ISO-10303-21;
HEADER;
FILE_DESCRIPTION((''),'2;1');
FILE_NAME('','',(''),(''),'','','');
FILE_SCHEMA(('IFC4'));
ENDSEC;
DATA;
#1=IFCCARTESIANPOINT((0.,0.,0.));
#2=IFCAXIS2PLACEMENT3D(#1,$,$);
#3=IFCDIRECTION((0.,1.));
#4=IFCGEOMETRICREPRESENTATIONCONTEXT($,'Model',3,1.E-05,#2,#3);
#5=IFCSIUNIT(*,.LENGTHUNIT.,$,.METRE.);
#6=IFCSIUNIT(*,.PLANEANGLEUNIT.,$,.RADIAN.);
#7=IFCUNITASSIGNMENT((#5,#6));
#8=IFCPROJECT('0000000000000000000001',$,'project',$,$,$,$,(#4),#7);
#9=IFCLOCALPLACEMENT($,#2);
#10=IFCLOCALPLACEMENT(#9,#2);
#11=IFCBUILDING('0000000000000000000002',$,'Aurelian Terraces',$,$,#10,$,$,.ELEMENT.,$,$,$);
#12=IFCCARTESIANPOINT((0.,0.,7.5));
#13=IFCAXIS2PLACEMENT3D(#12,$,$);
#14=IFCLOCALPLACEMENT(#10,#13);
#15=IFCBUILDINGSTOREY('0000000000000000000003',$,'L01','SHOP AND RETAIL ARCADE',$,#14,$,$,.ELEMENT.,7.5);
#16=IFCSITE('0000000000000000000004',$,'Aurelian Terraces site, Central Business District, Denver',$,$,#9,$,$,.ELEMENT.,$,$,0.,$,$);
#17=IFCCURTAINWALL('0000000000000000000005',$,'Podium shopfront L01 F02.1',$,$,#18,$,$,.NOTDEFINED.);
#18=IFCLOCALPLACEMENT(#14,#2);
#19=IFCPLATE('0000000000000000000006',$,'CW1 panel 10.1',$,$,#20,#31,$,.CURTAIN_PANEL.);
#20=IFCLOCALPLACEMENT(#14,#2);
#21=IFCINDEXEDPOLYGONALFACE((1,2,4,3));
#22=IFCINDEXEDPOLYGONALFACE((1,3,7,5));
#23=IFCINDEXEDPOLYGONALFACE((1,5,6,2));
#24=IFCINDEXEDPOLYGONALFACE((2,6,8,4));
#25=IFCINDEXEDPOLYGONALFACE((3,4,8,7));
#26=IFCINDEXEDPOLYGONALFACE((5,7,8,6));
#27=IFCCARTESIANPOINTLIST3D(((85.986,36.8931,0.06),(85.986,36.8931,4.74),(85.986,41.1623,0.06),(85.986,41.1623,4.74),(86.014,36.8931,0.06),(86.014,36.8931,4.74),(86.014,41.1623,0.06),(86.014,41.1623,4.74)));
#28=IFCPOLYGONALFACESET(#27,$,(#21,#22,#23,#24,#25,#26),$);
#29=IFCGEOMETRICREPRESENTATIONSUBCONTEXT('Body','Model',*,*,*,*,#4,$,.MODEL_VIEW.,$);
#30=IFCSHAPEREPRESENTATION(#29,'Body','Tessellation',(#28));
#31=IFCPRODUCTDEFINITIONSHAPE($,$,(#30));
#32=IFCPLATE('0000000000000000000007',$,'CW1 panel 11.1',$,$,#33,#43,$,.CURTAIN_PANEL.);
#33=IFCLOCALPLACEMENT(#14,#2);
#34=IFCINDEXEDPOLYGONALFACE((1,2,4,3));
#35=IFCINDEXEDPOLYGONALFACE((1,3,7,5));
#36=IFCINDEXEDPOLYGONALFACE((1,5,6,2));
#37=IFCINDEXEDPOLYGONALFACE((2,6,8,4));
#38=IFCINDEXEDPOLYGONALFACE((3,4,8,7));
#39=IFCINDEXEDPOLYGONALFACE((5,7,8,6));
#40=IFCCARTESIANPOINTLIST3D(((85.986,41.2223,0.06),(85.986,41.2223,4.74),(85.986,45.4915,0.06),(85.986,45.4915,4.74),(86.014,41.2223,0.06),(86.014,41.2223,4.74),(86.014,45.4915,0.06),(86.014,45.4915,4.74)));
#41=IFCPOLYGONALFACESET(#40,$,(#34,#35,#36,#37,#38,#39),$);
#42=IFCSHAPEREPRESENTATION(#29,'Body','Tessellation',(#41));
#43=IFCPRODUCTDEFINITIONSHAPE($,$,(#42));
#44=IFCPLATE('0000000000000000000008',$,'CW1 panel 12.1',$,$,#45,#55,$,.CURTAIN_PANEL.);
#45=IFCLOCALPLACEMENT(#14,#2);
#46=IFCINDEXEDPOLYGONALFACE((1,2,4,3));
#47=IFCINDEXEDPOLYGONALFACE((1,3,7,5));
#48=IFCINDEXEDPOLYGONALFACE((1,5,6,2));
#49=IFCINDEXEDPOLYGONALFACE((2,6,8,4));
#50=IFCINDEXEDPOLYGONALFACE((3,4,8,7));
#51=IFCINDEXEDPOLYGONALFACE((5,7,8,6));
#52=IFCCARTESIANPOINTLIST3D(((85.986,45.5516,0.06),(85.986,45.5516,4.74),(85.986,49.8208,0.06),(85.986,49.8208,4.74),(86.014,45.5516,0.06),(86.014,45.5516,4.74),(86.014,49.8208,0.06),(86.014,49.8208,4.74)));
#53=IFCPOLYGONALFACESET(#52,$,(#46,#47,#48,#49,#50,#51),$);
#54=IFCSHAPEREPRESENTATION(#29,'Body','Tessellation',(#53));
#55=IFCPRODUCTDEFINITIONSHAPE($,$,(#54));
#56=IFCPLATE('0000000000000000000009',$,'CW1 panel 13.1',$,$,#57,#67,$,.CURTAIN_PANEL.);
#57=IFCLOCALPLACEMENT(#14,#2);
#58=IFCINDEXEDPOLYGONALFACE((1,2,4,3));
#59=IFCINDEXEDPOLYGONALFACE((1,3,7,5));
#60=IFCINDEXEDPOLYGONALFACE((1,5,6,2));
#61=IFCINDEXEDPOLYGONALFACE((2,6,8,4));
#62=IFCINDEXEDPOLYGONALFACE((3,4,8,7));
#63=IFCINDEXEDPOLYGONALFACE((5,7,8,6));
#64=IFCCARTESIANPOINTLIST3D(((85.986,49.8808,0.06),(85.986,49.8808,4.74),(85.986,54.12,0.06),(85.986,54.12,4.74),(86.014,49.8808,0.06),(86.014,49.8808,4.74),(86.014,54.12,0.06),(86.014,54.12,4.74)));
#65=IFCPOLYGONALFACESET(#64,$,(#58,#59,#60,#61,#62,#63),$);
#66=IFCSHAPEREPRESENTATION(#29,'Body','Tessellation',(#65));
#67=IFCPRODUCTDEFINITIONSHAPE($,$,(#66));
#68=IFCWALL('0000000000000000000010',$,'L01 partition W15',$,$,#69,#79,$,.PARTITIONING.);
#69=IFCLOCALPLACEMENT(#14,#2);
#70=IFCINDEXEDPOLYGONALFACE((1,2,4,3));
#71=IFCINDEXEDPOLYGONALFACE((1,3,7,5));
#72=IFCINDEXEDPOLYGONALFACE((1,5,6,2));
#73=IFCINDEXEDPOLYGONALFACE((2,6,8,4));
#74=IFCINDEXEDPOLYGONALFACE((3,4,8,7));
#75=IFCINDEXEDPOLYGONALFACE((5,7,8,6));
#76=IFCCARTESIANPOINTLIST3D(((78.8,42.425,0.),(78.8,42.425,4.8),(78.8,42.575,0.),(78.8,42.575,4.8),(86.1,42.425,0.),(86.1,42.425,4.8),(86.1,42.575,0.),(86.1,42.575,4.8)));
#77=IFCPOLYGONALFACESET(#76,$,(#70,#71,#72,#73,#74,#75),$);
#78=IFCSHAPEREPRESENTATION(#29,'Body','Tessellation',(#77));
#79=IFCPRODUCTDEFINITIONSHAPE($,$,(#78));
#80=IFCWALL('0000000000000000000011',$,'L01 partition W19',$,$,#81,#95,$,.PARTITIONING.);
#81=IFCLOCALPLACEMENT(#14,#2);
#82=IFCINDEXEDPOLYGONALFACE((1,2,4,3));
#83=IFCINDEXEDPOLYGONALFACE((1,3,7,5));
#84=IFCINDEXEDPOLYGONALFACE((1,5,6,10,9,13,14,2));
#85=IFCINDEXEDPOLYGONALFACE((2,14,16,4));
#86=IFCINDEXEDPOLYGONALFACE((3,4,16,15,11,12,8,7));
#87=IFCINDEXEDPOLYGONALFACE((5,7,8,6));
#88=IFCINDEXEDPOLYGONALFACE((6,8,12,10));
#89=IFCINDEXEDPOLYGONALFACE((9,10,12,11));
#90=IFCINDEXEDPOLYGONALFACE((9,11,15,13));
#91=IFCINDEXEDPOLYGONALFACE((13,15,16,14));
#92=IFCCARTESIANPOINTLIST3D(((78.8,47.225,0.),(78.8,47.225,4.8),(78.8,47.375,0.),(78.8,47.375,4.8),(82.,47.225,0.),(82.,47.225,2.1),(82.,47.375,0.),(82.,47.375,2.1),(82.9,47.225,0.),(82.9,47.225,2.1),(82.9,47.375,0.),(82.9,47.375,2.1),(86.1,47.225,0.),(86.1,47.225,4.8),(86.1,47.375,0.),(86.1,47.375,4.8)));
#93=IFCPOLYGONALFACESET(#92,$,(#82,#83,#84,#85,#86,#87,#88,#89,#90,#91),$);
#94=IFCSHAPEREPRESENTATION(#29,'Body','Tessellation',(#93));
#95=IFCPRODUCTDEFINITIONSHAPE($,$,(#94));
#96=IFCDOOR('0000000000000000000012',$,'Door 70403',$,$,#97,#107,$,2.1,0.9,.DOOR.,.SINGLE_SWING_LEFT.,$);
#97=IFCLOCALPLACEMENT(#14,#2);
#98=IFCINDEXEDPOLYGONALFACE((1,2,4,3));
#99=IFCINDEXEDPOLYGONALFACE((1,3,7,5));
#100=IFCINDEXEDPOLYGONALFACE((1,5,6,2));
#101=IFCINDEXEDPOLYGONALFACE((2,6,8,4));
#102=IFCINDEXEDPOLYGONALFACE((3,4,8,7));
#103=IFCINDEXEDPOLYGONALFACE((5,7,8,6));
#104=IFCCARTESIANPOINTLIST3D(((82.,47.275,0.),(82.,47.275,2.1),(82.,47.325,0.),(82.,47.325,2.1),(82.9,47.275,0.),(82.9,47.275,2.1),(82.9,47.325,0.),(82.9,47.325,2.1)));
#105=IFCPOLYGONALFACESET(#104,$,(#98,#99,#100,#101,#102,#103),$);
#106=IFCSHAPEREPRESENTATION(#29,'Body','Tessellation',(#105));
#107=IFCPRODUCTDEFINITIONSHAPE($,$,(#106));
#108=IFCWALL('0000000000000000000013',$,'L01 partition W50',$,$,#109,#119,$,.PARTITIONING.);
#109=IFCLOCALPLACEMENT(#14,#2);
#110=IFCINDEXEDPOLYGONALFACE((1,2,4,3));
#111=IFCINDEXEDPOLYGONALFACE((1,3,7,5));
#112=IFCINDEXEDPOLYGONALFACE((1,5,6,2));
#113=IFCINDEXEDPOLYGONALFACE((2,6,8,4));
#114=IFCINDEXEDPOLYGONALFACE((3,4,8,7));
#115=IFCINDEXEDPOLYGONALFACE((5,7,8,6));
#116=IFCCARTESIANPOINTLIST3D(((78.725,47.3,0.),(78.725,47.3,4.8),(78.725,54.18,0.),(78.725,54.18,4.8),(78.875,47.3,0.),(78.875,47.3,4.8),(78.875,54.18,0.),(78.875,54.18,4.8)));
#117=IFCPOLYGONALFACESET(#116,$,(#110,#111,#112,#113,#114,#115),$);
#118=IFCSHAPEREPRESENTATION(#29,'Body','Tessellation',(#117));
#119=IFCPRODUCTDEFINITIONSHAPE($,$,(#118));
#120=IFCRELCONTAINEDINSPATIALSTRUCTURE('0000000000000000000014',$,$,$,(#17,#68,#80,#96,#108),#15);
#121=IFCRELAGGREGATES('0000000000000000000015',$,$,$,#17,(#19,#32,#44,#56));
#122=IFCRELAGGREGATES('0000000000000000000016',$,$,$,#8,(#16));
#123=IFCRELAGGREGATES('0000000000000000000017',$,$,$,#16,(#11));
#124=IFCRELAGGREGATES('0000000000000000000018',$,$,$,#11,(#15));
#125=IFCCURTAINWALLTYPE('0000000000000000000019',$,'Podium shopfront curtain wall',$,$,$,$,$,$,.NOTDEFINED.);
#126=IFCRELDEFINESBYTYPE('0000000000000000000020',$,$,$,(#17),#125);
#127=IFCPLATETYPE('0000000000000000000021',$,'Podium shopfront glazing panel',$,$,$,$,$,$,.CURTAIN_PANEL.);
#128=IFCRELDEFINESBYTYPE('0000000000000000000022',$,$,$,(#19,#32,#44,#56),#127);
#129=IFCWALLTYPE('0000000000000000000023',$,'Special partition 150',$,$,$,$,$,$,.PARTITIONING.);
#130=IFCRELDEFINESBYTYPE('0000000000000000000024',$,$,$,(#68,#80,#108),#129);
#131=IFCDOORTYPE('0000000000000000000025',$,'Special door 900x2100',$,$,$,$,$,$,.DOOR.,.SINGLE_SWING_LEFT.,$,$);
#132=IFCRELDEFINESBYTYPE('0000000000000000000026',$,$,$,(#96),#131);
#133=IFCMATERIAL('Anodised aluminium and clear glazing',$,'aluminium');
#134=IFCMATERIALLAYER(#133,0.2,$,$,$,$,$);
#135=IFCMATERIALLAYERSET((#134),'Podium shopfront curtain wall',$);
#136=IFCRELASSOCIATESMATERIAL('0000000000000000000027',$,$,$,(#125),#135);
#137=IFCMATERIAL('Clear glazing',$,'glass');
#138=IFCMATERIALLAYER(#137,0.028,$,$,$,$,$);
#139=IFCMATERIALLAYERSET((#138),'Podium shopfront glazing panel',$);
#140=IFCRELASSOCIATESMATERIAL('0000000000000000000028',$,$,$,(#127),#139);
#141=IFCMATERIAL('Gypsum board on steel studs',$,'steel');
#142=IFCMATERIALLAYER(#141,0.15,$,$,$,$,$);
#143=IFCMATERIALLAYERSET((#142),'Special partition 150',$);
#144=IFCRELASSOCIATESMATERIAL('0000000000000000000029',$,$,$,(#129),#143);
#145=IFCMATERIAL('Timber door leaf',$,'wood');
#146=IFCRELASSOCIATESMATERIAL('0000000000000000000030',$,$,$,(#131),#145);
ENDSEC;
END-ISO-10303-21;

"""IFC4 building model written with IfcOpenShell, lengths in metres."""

from ifc_helpers import new_model, si_unit, direction, frame, frame_2d, origin, origin_2d, place, context, subcontext, project, spatial, rectangle, extrude, source, transform, mapped, material, layer, layer_set, type_object, element, fill, aggregate, save


model = new_model("IFC4")

# Units and contexts
model_context = context("Model", 3, precision=1e-05, world=origin(), true_north=direction((0.0, 1.0)))
body_context = subcontext(model_context, "Body", "Model", "MODEL_VIEW")
ifc_project = project(units=[si_unit("LENGTHUNIT", "METRE"), si_unit("PLANEANGLEUNIT", "RADIAN")], contexts=[model_context])

# Site, building, storey
site_placement = place(None, origin())
site = spatial("IfcSite", under=ifc_project, at=site_placement, Name="Aurelian Terraces site, Central Business District, Denver", CompositionType="ELEMENT", RefElevation=0.0)
building_placement = place(site_placement, origin())
building = spatial("IfcBuilding", under=site, at=building_placement, Name="Aurelian Terraces", CompositionType="ELEMENT")
storey_placement = place(building_placement, frame((0.0, 0.0, 7.5)))
storey = spatial("IfcBuildingStorey", under=building, at=storey_placement, Name="L01", Description="SHOP AND RETAIL ARCADE", CompositionType="ELEMENT", Elevation=7.5)

# Shared definitions
ifc_material_1 = material(Name="Anodised aluminium and clear glazing", Category="aluminium")
ifc_layer_1 = layer(ifc_material_1, 0.2)
ifc_layer_set_1 = layer_set([ifc_layer_1], Name="Podium shopfront curtain wall")
curtain_wall_type = type_object("IfcCurtainWallType", Name="Podium shopfront curtain wall", PredefinedType="NOTDEFINED", material=ifc_layer_set_1)

# Curtain wall
curtain_wall_1_placement = place(storey_placement, origin())
curtain_wall_1 = element("IfcCurtainWall", 1, at=curtain_wall_1_placement, inside=storey, type_object=curtain_wall_type, Name="Podium shopfront L01 F02.1", PredefinedType="NOTDEFINED")

# Plates
ifc_material_2 = material(Name="Clear glazing", Category="glass")
ifc_layer_2 = layer(ifc_material_2, 0.028)
ifc_layer_set_2 = layer_set([ifc_layer_2], Name="Podium shopfront glazing panel")
plate_type = type_object("IfcPlateType", Name="Podium shopfront glazing panel", PredefinedType="CURTAIN_PANEL", material=ifc_layer_set_2)
shared_shape_1 = source(origin(), body_context, "Body", "SweptSolid", [
    extrude(rectangle(XDim=4.2692, YDim=0.028, at=origin_2d()), origin(), (0.0, 0.0, 1.0), 4.68),
])
plate_1_placement = place(storey_placement, frame((86.0, 39.0277, 0.06), z_axis=(0.0, 0.0, 1.0), x_axis=(0.0, 1.0, 0.0)))
plate_1 = element("IfcPlate", 2, at=plate_1_placement, type_object=plate_type, Name="CW1 panel 10.1", PredefinedType="CURTAIN_PANEL", context=body_context, shape_type="MappedRepresentation", body=[
    mapped(shared_shape_1, transform((0.0, 0.0, 0.0), scale=1.0)),
])
plate_2_placement = place(storey_placement, frame((86.0, 43.3569, 0.06), z_axis=(0.0, 0.0, 1.0), x_axis=(0.0, 1.0, 0.0)))
plate_2 = element("IfcPlate", 3, at=plate_2_placement, type_object=plate_type, Name="CW1 panel 11.1", PredefinedType="CURTAIN_PANEL", context=body_context, shape_type="MappedRepresentation", body=[
    mapped(shared_shape_1, transform((0.0, 0.0, 0.0), scale=1.0)),
])
plate_3_placement = place(storey_placement, frame((86.0, 47.6862, 0.06), z_axis=(0.0, 0.0, 1.0), x_axis=(0.0, 1.0, 0.0)))
plate_3 = element("IfcPlate", 4, at=plate_3_placement, type_object=plate_type, Name="CW1 panel 12.1", PredefinedType="CURTAIN_PANEL", context=body_context, shape_type="MappedRepresentation", body=[
    mapped(shared_shape_1, transform((0.0, 0.0, 0.0), scale=1.0)),
])
shared_shape_2 = source(origin(), body_context, "Body", "SweptSolid", [
    extrude(rectangle(XDim=4.2392, YDim=0.028, at=origin_2d()), origin(), (0.0, 0.0, 1.0), 4.68),
])
plate_4_placement = place(storey_placement, frame((86.0, 52.0004, 0.06), z_axis=(0.0, 0.0, 1.0), x_axis=(0.0, 1.0, 0.0)))
plate_4 = element("IfcPlate", 5, at=plate_4_placement, type_object=plate_type, Name="CW1 panel 13.1", PredefinedType="CURTAIN_PANEL", context=body_context, shape_type="MappedRepresentation", body=[
    mapped(shared_shape_2, transform((0.0, 0.0, 0.0), scale=1.0)),
])
aggregate(curtain_wall_1, [plate_1, plate_2, plate_3, plate_4])

# Wall
ifc_material_3 = material(Name="Gypsum board on steel studs", Category="steel")
ifc_layer_3 = layer(ifc_material_3, 0.15)
ifc_layer_set_3 = layer_set([ifc_layer_3], Name="Special partition 150")
wall_type = type_object("IfcWallType", Name="Special partition 150", PredefinedType="PARTITIONING", material=ifc_layer_set_3)
shared_shape_3 = source(origin(), body_context, "Body", "SweptSolid", [
    extrude(rectangle(XDim=7.3, YDim=0.15, at=frame_2d((3.65, 0.0))), origin(), (0.0, 0.0, 1.0), 4.8),
])
wall_1_placement = place(storey_placement, frame((78.8, 42.5, 0.0), z_axis=(0.0, 0.0, 1.0), x_axis=(1.0, 0.0, 0.0)))
element("IfcWall", 6, at=wall_1_placement, inside=storey, type_object=wall_type, Name="L01 partition W15", PredefinedType="PARTITIONING", context=body_context, shape_type="MappedRepresentation", body=[
    mapped(shared_shape_3, transform((0.0, 0.0, 0.0), scale=1.0)),
])

# Wall, opening, door
wall_2_placement = place(storey_placement, frame((78.8, 47.3, 0.0), z_axis=(0.0, 0.0, 1.0), x_axis=(1.0, 0.0, 0.0)))
wall_2 = element("IfcWall", 7, at=wall_2_placement, inside=storey, type_object=wall_type, Name="L01 partition W19", PredefinedType="PARTITIONING", context=body_context, shape_type="MappedRepresentation", body=[
    mapped(shared_shape_3, transform((0.0, 0.0, 0.0), scale=1.0)),
])
shared_shape_4 = source(origin(), body_context, "Body", "SweptSolid", [
    extrude(rectangle(XDim=0.9, YDim=2.1, at=frame_2d((0.45, 1.05))), frame((0.0, 0.085, 0.0), z_axis=(0.0, -1.0, 0.0), x_axis=(1.0, 0.0, 0.0)), (0.0, 0.0, 1.0), 0.17),
])
opening_placement = place(wall_2_placement, frame((3.2, 0.0, 0.0)))
opening = element("IfcOpeningElement", 8, at=opening_placement, cuts=wall_2, PredefinedType="OPENING", context=body_context, shape_type="MappedRepresentation", body=[
    mapped(shared_shape_4, transform((0.0, 0.0, 0.0), scale=1.0)),
])
ifc_material_4 = material(Name="Timber door leaf", Category="wood")
door_type = type_object("IfcDoorType", Name="Special door 900x2100", OperationType="SINGLE_SWING_LEFT", PredefinedType="DOOR", material=ifc_material_4)
shared_shape_5 = source(origin(), body_context, "Body", "SweptSolid", [
    extrude(rectangle(XDim=0.9, YDim=2.1, at=frame_2d((0.45, 1.05))), frame((0.0, 0.025, 0.0), z_axis=(0.0, -1.0, 0.0), x_axis=(1.0, 0.0, 0.0)), (0.0, 0.0, 1.0), 0.05),
])
door_placement = place(opening_placement, origin())
door = element("IfcDoor", 9, at=door_placement, inside=storey, type_object=door_type, Name="Door 70403", OperationType="SINGLE_SWING_LEFT", OverallHeight=2.1, OverallWidth=0.9, PredefinedType="DOOR", context=body_context, shape_type="MappedRepresentation", body=[
    mapped(shared_shape_5, transform((0.0, 0.0, 0.0), scale=1.0)),
])
fill(opening, door)

# Wall
shared_shape_6 = source(origin(), body_context, "Body", "SweptSolid", [
    extrude(rectangle(XDim=6.88, YDim=0.15, at=frame_2d((3.44, 0.0))), origin(), (0.0, 0.0, 1.0), 4.8),
])
wall_3_placement = place(storey_placement, frame((78.8, 47.3, 0.0), z_axis=(0.0, 0.0, 1.0), x_axis=(0.0, 1.0, 0.0)))
element("IfcWall", 10, at=wall_3_placement, inside=storey, type_object=wall_type, Name="L01 partition W50", PredefinedType="PARTITIONING", context=body_context, shape_type="MappedRepresentation", body=[
    mapped(shared_shape_6, transform((0.0, 0.0, 0.0), scale=1.0)),
])

save(model, "model.ifc")
